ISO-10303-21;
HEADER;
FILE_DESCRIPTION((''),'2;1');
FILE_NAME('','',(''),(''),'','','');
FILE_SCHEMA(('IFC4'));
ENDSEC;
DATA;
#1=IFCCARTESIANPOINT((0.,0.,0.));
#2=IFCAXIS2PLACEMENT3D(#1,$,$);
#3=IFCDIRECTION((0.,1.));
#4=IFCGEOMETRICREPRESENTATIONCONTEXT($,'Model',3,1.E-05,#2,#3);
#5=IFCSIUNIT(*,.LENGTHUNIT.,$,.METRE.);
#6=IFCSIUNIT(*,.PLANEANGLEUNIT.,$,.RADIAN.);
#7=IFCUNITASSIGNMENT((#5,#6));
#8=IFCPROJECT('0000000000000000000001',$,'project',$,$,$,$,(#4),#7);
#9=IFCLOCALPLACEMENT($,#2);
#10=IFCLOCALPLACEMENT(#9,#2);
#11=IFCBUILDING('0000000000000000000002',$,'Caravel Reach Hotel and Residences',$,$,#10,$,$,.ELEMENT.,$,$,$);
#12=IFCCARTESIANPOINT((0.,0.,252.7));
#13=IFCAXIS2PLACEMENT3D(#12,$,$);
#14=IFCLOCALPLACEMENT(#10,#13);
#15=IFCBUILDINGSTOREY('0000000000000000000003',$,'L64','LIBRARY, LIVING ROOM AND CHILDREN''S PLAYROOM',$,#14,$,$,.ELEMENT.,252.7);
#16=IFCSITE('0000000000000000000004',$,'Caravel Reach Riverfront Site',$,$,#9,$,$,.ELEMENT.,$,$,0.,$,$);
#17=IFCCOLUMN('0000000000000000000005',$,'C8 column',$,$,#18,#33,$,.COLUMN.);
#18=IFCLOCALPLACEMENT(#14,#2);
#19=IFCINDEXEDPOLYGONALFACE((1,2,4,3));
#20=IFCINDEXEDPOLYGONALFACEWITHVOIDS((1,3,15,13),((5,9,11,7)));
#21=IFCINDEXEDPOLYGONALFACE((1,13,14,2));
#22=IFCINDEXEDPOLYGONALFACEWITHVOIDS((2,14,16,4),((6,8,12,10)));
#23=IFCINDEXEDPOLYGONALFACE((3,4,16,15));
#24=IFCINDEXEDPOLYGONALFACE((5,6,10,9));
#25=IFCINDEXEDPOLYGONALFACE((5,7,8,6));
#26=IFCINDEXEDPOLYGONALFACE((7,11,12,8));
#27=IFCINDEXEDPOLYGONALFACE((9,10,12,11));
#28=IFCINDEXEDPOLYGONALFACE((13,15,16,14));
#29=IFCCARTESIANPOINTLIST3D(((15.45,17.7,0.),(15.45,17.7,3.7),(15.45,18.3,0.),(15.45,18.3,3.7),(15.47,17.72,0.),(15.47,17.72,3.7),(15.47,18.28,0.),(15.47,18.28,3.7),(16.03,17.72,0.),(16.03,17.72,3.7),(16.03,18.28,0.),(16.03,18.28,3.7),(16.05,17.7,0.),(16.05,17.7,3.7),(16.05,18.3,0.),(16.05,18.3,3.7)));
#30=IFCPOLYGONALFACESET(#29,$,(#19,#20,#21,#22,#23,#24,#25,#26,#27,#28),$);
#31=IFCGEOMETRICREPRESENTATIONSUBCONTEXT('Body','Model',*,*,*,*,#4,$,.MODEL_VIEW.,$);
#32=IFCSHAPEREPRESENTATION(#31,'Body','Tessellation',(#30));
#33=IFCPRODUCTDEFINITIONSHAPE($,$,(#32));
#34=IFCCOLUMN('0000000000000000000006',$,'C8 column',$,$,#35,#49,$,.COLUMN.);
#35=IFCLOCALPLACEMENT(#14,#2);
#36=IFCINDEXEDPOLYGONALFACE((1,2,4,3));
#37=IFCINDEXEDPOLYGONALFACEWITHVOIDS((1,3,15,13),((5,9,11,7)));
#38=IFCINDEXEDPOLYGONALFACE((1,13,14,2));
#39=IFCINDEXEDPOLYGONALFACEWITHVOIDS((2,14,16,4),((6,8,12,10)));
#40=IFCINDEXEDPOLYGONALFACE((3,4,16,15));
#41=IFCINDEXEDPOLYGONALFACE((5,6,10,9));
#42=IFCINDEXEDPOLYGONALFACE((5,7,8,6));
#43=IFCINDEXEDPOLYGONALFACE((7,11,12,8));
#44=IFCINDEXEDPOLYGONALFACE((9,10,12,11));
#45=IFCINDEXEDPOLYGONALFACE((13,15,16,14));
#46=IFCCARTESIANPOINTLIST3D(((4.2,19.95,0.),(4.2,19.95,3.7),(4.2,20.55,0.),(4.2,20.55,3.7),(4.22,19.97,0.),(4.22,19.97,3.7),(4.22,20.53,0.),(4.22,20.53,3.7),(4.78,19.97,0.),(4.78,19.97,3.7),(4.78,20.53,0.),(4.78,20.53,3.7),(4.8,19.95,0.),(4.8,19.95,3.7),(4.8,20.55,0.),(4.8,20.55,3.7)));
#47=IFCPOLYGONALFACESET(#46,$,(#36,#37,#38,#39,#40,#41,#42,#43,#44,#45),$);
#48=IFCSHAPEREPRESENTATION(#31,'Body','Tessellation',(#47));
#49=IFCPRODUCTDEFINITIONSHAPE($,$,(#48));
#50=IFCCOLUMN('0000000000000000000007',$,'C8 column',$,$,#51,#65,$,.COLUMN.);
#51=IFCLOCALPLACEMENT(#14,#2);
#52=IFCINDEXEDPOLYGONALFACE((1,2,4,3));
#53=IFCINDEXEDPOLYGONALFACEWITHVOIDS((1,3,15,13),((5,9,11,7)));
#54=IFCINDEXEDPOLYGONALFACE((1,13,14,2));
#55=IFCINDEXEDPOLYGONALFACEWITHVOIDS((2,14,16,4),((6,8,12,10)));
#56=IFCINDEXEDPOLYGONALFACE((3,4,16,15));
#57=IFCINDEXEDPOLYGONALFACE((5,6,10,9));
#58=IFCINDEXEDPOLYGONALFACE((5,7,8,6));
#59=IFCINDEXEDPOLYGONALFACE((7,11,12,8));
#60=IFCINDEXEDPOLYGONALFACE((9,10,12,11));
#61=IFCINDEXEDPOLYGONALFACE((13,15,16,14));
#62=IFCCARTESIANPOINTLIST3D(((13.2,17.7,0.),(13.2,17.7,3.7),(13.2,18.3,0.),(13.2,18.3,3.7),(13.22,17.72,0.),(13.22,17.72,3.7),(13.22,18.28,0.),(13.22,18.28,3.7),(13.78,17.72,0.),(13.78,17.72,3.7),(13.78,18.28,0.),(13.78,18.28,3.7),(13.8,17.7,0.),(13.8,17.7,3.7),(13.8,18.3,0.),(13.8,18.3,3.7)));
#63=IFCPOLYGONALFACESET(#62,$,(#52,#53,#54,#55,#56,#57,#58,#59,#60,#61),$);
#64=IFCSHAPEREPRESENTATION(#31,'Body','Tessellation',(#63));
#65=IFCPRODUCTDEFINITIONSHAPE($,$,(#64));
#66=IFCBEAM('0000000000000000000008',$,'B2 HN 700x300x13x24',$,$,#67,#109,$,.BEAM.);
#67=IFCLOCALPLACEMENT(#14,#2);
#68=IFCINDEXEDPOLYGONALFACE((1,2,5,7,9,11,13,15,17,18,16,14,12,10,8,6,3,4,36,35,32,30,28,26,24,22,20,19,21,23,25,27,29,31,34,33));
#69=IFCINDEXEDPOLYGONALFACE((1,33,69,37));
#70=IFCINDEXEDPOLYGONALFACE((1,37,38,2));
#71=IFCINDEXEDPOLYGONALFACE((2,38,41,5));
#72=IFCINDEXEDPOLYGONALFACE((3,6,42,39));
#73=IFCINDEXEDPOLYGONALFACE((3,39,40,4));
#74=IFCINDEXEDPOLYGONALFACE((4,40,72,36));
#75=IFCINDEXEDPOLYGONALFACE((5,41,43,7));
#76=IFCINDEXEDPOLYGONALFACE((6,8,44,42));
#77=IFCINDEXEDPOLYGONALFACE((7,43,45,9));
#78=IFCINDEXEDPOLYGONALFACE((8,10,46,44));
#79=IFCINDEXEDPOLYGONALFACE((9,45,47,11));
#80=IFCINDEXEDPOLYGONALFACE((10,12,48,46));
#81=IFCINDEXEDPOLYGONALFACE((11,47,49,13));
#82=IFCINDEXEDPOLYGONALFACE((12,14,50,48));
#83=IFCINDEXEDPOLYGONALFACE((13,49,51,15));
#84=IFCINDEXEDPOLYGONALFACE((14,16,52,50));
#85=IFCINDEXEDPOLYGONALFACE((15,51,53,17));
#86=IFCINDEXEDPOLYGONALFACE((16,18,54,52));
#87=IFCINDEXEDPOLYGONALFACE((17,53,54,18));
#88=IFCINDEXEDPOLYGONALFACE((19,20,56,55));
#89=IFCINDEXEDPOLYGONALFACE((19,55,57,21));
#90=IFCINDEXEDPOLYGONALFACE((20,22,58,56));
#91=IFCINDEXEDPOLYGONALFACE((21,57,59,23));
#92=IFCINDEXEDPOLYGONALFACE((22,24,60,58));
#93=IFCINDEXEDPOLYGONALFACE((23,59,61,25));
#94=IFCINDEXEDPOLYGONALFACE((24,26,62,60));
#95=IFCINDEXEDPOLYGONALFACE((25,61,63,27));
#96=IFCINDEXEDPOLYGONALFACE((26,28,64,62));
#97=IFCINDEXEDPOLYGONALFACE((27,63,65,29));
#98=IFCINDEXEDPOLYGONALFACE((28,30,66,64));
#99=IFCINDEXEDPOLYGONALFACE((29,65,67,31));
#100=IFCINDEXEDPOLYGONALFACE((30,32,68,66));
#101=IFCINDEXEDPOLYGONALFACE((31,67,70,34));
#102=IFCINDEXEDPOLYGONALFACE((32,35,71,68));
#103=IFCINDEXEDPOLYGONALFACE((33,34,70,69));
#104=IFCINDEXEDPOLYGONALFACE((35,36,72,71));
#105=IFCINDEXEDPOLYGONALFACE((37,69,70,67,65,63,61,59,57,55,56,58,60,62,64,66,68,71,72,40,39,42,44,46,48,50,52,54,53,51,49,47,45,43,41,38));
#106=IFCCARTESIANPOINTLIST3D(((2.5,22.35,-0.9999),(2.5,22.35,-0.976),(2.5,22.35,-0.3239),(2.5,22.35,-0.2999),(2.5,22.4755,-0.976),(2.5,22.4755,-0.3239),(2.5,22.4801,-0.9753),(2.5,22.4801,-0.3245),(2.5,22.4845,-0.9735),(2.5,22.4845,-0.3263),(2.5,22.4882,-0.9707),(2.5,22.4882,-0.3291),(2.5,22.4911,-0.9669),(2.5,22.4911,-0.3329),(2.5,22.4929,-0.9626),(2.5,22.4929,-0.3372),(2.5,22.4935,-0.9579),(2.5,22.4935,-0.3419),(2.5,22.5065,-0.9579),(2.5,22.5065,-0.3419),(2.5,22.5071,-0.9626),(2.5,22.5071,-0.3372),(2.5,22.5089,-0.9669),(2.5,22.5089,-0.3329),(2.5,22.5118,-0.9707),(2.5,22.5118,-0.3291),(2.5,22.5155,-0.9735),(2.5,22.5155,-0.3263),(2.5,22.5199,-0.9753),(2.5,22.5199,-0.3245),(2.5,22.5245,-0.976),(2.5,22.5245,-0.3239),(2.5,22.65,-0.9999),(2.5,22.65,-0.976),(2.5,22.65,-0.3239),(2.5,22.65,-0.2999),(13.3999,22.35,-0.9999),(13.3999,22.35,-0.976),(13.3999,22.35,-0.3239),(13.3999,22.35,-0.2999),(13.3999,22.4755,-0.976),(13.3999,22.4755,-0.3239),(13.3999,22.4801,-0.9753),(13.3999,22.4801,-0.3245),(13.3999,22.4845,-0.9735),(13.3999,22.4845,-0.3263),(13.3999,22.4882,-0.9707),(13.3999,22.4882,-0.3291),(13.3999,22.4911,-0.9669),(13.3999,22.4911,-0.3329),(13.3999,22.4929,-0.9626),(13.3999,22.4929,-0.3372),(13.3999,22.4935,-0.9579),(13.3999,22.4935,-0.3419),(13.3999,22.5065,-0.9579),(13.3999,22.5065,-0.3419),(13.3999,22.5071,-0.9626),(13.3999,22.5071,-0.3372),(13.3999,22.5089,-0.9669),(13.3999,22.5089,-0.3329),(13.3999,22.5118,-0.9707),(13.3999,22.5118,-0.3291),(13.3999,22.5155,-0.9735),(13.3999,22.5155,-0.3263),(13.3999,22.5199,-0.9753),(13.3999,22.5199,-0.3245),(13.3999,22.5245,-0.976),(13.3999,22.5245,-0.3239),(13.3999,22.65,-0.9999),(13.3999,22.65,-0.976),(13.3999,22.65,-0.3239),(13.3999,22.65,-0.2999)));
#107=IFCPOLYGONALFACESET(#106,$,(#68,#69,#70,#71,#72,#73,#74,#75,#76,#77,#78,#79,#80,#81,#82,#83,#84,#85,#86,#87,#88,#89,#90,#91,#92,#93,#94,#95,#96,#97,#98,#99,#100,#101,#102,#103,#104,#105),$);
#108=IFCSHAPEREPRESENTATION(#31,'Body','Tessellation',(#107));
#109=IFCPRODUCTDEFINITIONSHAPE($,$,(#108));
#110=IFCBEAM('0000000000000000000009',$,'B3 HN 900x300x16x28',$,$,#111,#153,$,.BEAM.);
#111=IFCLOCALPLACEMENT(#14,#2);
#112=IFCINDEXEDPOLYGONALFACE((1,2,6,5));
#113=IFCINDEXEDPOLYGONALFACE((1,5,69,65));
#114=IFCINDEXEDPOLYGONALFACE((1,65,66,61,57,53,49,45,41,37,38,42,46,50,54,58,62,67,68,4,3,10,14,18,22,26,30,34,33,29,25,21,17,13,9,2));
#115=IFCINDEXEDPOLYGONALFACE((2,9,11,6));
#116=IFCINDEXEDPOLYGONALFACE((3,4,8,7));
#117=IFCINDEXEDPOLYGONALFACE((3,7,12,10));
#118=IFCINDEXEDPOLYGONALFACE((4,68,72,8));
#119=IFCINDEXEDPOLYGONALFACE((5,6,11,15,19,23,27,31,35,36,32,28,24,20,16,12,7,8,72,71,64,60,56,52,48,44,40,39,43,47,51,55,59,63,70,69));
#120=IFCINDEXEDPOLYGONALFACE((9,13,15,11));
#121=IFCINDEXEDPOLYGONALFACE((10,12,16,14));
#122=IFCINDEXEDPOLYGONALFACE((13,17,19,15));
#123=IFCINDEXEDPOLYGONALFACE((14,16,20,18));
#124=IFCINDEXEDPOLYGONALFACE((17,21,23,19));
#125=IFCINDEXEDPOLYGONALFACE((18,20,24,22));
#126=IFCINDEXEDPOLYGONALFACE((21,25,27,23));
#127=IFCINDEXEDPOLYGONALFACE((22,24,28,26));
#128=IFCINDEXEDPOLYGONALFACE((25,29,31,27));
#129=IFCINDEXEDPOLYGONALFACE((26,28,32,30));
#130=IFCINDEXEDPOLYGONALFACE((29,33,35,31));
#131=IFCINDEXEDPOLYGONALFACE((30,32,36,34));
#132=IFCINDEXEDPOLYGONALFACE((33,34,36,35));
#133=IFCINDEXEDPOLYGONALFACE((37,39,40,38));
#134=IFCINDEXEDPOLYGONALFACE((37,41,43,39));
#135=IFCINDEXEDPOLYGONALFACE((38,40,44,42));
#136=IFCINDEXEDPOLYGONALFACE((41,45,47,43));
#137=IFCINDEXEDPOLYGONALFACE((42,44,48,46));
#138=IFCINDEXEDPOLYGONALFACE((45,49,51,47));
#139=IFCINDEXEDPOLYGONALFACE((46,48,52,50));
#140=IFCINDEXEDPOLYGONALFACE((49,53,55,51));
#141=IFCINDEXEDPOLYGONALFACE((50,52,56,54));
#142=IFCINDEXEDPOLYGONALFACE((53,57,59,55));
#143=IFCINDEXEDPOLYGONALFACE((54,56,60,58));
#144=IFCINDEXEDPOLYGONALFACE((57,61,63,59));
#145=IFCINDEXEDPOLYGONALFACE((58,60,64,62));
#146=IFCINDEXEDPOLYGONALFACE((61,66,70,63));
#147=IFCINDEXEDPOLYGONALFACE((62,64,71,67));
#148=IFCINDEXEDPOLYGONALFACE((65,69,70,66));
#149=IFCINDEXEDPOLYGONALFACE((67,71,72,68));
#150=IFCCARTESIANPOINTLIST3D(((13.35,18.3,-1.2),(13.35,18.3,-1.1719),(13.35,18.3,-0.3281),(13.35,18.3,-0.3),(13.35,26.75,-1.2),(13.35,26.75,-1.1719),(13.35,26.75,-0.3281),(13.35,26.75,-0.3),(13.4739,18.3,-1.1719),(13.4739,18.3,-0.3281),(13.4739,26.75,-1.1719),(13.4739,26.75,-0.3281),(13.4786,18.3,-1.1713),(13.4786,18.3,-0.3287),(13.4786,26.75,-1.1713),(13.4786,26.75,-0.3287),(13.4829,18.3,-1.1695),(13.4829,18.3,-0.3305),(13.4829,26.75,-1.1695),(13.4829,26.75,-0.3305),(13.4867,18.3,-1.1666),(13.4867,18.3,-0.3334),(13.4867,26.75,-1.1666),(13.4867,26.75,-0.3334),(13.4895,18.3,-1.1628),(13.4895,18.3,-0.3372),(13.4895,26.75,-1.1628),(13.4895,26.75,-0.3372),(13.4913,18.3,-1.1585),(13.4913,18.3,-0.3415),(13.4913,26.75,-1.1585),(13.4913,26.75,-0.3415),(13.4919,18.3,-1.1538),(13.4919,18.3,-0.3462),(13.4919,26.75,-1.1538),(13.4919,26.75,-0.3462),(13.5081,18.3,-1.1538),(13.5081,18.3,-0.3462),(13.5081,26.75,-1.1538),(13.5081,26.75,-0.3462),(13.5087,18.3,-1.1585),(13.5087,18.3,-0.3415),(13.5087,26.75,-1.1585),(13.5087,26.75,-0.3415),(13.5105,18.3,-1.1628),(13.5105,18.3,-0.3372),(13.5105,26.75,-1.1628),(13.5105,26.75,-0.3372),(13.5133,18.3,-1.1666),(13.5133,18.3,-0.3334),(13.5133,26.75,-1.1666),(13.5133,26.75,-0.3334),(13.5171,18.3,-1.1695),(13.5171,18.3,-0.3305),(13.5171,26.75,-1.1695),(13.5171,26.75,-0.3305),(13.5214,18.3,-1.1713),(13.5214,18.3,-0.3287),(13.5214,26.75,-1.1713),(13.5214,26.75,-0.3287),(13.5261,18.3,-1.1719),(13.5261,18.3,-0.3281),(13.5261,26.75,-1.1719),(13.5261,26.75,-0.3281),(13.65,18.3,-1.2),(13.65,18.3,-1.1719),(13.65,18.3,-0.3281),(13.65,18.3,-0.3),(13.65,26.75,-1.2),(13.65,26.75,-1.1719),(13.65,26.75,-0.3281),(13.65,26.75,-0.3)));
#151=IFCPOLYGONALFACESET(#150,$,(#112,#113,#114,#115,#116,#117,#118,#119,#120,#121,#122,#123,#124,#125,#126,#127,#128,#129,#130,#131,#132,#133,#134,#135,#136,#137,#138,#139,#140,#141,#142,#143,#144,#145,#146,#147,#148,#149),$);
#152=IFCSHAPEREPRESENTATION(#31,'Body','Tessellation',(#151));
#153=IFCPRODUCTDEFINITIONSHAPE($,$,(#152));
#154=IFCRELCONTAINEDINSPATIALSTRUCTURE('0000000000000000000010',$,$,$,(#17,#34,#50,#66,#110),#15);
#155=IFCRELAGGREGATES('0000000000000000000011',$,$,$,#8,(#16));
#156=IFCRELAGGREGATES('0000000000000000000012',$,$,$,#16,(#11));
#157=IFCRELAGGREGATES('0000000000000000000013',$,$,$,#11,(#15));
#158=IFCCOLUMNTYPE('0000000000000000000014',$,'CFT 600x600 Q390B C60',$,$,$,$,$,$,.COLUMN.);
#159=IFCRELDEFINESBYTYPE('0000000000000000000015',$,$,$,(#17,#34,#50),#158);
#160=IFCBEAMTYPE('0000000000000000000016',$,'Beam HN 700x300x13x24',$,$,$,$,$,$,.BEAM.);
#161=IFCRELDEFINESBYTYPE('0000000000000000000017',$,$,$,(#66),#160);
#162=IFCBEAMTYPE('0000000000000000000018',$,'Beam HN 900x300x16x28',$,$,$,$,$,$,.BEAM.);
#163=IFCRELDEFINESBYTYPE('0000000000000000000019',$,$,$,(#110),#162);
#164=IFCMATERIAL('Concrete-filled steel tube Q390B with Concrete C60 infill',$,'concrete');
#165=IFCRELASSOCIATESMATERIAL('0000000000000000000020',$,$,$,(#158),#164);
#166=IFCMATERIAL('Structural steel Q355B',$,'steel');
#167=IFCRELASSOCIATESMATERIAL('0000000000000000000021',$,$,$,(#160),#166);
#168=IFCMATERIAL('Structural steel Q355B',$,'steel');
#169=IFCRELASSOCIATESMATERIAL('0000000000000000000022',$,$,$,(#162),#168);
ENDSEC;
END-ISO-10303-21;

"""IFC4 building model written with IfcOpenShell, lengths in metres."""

from ifc_helpers import new_model, si_unit, direction, frame, origin, origin_2d, place, context, subcontext, project, spatial, hollow_rectangle, i_section, extrude, material, material_profile, profile_set, type_object, element, save


model = new_model("IFC4")

# Units and contexts
model_context = context("Model", 3, precision=1e-05, world=origin(), true_north=direction((0.0, 1.0)))
body_context = subcontext(model_context, "Body", "Model", "MODEL_VIEW")
ifc_project = project(units=[si_unit("LENGTHUNIT", "METRE"), si_unit("PLANEANGLEUNIT", "RADIAN")], contexts=[model_context])

# Site, building, storey
site_placement = place(None, origin())
site = spatial("IfcSite", under=ifc_project, at=site_placement, Name="Caravel Reach Riverfront Site", CompositionType="ELEMENT", RefElevation=0.0)
building_placement = place(site_placement, origin())
building = spatial("IfcBuilding", under=site, at=building_placement, Name="Caravel Reach Hotel and Residences", CompositionType="ELEMENT")
storey_placement = place(building_placement, frame((0.0, 0.0, 252.7)))
storey = spatial("IfcBuildingStorey", under=building, at=storey_placement, Name="L64", Description="LIBRARY, LIVING ROOM AND CHILDREN'S PLAYROOM", CompositionType="ELEMENT", Elevation=252.7)

# Columns
ifc_material_1 = material(Name="Concrete-filled steel tube Q390B with Concrete C60 infill", Category="concrete")
ifc_material_profile_1 = material_profile(ifc_material_1, hollow_rectangle(XDim=0.6001, YDim=0.6001, WallThickness=0.02, at=origin_2d()), Name="RHS 600x600x20")
ifc_profile_set_1 = profile_set([ifc_material_profile_1], Name="Concrete-filled steel tube Q390B with Concrete C60 infill")
column_type = type_object("IfcColumnType", Name="CFT 600x600 Q390B C60", PredefinedType="COLUMN", material=ifc_profile_set_1)
for number, where, z_axis, x_axis, name in (
    (1, (15.75, 18.0, 0.0), (0.0, 0.0, 1.0), (1.0, 0.0, 0.0), "C8 column"),
    (2, (4.5, 20.25, 0.0), (0.0, 0.0, 1.0), (1.0, 0.0, 0.0), "C8 column"),
    (3, (13.5, 18.0, 0.0), (0.0, 0.0, 1.0), (1.0, 0.0, 0.0), "C8 column"),
):
    element("IfcColumn", number, at=place(storey_placement, frame(where, z_axis=z_axis, x_axis=x_axis)), inside=storey, type_object=column_type, Name=name, PredefinedType="COLUMN", context=body_context, shape_type="SweptSolid", body=[
        extrude(hollow_rectangle(XDim=0.6001, YDim=0.6001, WallThickness=0.02, at=origin_2d()), origin(), (0.0, 0.0, 1.0), 3.7),
    ])

# Beams
ifc_material_2 = material(Name="Structural steel Q355B", Category="steel")
ifc_material_profile_2 = material_profile(ifc_material_2, i_section(OverallWidth=0.3, OverallDepth=0.7, WebThickness=0.0129, FlangeThickness=0.0239, FilletRadius=0.0181, at=origin_2d()), Name="HN 700x300x13x24")
ifc_profile_set_2 = profile_set([ifc_material_profile_2], Name="Structural steel Q355B")
beam_type_1 = type_object("IfcBeamType", Name="Beam HN 700x300x13x24", PredefinedType="BEAM", material=ifc_profile_set_2)
beam_1_placement = place(storey_placement, frame((13.3999, 22.5, -0.6499), z_axis=(-1.0, 0.0, 0.0), x_axis=(0.0, -1.0, 0.0)))
element("IfcBeam", 4, at=beam_1_placement, inside=storey, type_object=beam_type_1, Name="B2 HN 700x300x13x24", PredefinedType="BEAM", context=body_context, shape_type="SweptSolid", body=[
    extrude(i_section(OverallWidth=0.3, OverallDepth=0.7, WebThickness=0.0129, FlangeThickness=0.0239, FilletRadius=0.0181, at=origin_2d()), origin(), (0.0, 0.0, 1.0), 10.8999),
])
ifc_material_3 = material(Name="Structural steel Q355B", Category="steel")
ifc_material_profile_3 = material_profile(ifc_material_3, i_section(OverallWidth=0.3, OverallDepth=0.8999, WebThickness=0.0161, FlangeThickness=0.0281, FilletRadius=0.0181, at=origin_2d()), Name="HN 900x300x16x28")
ifc_profile_set_3 = profile_set([ifc_material_profile_3], Name="Structural steel Q355B")
beam_type_2 = type_object("IfcBeamType", Name="Beam HN 900x300x16x28", PredefinedType="BEAM", material=ifc_profile_set_3)
beam_2_placement = place(storey_placement, frame((13.5, 18.3, -0.75), z_axis=(0.0, 1.0, 0.0), x_axis=(-1.0, 0.0, 0.0)))
element("IfcBeam", 5, at=beam_2_placement, inside=storey, type_object=beam_type_2, Name="B3 HN 900x300x16x28", PredefinedType="BEAM", context=body_context, shape_type="SweptSolid", body=[
    extrude(i_section(OverallWidth=0.3, OverallDepth=0.8999, WebThickness=0.0161, FlangeThickness=0.0281, FilletRadius=0.0181, at=origin_2d()), origin(), (0.0, 0.0, 1.0), 8.45),
])

save(model, "model.ifc")
